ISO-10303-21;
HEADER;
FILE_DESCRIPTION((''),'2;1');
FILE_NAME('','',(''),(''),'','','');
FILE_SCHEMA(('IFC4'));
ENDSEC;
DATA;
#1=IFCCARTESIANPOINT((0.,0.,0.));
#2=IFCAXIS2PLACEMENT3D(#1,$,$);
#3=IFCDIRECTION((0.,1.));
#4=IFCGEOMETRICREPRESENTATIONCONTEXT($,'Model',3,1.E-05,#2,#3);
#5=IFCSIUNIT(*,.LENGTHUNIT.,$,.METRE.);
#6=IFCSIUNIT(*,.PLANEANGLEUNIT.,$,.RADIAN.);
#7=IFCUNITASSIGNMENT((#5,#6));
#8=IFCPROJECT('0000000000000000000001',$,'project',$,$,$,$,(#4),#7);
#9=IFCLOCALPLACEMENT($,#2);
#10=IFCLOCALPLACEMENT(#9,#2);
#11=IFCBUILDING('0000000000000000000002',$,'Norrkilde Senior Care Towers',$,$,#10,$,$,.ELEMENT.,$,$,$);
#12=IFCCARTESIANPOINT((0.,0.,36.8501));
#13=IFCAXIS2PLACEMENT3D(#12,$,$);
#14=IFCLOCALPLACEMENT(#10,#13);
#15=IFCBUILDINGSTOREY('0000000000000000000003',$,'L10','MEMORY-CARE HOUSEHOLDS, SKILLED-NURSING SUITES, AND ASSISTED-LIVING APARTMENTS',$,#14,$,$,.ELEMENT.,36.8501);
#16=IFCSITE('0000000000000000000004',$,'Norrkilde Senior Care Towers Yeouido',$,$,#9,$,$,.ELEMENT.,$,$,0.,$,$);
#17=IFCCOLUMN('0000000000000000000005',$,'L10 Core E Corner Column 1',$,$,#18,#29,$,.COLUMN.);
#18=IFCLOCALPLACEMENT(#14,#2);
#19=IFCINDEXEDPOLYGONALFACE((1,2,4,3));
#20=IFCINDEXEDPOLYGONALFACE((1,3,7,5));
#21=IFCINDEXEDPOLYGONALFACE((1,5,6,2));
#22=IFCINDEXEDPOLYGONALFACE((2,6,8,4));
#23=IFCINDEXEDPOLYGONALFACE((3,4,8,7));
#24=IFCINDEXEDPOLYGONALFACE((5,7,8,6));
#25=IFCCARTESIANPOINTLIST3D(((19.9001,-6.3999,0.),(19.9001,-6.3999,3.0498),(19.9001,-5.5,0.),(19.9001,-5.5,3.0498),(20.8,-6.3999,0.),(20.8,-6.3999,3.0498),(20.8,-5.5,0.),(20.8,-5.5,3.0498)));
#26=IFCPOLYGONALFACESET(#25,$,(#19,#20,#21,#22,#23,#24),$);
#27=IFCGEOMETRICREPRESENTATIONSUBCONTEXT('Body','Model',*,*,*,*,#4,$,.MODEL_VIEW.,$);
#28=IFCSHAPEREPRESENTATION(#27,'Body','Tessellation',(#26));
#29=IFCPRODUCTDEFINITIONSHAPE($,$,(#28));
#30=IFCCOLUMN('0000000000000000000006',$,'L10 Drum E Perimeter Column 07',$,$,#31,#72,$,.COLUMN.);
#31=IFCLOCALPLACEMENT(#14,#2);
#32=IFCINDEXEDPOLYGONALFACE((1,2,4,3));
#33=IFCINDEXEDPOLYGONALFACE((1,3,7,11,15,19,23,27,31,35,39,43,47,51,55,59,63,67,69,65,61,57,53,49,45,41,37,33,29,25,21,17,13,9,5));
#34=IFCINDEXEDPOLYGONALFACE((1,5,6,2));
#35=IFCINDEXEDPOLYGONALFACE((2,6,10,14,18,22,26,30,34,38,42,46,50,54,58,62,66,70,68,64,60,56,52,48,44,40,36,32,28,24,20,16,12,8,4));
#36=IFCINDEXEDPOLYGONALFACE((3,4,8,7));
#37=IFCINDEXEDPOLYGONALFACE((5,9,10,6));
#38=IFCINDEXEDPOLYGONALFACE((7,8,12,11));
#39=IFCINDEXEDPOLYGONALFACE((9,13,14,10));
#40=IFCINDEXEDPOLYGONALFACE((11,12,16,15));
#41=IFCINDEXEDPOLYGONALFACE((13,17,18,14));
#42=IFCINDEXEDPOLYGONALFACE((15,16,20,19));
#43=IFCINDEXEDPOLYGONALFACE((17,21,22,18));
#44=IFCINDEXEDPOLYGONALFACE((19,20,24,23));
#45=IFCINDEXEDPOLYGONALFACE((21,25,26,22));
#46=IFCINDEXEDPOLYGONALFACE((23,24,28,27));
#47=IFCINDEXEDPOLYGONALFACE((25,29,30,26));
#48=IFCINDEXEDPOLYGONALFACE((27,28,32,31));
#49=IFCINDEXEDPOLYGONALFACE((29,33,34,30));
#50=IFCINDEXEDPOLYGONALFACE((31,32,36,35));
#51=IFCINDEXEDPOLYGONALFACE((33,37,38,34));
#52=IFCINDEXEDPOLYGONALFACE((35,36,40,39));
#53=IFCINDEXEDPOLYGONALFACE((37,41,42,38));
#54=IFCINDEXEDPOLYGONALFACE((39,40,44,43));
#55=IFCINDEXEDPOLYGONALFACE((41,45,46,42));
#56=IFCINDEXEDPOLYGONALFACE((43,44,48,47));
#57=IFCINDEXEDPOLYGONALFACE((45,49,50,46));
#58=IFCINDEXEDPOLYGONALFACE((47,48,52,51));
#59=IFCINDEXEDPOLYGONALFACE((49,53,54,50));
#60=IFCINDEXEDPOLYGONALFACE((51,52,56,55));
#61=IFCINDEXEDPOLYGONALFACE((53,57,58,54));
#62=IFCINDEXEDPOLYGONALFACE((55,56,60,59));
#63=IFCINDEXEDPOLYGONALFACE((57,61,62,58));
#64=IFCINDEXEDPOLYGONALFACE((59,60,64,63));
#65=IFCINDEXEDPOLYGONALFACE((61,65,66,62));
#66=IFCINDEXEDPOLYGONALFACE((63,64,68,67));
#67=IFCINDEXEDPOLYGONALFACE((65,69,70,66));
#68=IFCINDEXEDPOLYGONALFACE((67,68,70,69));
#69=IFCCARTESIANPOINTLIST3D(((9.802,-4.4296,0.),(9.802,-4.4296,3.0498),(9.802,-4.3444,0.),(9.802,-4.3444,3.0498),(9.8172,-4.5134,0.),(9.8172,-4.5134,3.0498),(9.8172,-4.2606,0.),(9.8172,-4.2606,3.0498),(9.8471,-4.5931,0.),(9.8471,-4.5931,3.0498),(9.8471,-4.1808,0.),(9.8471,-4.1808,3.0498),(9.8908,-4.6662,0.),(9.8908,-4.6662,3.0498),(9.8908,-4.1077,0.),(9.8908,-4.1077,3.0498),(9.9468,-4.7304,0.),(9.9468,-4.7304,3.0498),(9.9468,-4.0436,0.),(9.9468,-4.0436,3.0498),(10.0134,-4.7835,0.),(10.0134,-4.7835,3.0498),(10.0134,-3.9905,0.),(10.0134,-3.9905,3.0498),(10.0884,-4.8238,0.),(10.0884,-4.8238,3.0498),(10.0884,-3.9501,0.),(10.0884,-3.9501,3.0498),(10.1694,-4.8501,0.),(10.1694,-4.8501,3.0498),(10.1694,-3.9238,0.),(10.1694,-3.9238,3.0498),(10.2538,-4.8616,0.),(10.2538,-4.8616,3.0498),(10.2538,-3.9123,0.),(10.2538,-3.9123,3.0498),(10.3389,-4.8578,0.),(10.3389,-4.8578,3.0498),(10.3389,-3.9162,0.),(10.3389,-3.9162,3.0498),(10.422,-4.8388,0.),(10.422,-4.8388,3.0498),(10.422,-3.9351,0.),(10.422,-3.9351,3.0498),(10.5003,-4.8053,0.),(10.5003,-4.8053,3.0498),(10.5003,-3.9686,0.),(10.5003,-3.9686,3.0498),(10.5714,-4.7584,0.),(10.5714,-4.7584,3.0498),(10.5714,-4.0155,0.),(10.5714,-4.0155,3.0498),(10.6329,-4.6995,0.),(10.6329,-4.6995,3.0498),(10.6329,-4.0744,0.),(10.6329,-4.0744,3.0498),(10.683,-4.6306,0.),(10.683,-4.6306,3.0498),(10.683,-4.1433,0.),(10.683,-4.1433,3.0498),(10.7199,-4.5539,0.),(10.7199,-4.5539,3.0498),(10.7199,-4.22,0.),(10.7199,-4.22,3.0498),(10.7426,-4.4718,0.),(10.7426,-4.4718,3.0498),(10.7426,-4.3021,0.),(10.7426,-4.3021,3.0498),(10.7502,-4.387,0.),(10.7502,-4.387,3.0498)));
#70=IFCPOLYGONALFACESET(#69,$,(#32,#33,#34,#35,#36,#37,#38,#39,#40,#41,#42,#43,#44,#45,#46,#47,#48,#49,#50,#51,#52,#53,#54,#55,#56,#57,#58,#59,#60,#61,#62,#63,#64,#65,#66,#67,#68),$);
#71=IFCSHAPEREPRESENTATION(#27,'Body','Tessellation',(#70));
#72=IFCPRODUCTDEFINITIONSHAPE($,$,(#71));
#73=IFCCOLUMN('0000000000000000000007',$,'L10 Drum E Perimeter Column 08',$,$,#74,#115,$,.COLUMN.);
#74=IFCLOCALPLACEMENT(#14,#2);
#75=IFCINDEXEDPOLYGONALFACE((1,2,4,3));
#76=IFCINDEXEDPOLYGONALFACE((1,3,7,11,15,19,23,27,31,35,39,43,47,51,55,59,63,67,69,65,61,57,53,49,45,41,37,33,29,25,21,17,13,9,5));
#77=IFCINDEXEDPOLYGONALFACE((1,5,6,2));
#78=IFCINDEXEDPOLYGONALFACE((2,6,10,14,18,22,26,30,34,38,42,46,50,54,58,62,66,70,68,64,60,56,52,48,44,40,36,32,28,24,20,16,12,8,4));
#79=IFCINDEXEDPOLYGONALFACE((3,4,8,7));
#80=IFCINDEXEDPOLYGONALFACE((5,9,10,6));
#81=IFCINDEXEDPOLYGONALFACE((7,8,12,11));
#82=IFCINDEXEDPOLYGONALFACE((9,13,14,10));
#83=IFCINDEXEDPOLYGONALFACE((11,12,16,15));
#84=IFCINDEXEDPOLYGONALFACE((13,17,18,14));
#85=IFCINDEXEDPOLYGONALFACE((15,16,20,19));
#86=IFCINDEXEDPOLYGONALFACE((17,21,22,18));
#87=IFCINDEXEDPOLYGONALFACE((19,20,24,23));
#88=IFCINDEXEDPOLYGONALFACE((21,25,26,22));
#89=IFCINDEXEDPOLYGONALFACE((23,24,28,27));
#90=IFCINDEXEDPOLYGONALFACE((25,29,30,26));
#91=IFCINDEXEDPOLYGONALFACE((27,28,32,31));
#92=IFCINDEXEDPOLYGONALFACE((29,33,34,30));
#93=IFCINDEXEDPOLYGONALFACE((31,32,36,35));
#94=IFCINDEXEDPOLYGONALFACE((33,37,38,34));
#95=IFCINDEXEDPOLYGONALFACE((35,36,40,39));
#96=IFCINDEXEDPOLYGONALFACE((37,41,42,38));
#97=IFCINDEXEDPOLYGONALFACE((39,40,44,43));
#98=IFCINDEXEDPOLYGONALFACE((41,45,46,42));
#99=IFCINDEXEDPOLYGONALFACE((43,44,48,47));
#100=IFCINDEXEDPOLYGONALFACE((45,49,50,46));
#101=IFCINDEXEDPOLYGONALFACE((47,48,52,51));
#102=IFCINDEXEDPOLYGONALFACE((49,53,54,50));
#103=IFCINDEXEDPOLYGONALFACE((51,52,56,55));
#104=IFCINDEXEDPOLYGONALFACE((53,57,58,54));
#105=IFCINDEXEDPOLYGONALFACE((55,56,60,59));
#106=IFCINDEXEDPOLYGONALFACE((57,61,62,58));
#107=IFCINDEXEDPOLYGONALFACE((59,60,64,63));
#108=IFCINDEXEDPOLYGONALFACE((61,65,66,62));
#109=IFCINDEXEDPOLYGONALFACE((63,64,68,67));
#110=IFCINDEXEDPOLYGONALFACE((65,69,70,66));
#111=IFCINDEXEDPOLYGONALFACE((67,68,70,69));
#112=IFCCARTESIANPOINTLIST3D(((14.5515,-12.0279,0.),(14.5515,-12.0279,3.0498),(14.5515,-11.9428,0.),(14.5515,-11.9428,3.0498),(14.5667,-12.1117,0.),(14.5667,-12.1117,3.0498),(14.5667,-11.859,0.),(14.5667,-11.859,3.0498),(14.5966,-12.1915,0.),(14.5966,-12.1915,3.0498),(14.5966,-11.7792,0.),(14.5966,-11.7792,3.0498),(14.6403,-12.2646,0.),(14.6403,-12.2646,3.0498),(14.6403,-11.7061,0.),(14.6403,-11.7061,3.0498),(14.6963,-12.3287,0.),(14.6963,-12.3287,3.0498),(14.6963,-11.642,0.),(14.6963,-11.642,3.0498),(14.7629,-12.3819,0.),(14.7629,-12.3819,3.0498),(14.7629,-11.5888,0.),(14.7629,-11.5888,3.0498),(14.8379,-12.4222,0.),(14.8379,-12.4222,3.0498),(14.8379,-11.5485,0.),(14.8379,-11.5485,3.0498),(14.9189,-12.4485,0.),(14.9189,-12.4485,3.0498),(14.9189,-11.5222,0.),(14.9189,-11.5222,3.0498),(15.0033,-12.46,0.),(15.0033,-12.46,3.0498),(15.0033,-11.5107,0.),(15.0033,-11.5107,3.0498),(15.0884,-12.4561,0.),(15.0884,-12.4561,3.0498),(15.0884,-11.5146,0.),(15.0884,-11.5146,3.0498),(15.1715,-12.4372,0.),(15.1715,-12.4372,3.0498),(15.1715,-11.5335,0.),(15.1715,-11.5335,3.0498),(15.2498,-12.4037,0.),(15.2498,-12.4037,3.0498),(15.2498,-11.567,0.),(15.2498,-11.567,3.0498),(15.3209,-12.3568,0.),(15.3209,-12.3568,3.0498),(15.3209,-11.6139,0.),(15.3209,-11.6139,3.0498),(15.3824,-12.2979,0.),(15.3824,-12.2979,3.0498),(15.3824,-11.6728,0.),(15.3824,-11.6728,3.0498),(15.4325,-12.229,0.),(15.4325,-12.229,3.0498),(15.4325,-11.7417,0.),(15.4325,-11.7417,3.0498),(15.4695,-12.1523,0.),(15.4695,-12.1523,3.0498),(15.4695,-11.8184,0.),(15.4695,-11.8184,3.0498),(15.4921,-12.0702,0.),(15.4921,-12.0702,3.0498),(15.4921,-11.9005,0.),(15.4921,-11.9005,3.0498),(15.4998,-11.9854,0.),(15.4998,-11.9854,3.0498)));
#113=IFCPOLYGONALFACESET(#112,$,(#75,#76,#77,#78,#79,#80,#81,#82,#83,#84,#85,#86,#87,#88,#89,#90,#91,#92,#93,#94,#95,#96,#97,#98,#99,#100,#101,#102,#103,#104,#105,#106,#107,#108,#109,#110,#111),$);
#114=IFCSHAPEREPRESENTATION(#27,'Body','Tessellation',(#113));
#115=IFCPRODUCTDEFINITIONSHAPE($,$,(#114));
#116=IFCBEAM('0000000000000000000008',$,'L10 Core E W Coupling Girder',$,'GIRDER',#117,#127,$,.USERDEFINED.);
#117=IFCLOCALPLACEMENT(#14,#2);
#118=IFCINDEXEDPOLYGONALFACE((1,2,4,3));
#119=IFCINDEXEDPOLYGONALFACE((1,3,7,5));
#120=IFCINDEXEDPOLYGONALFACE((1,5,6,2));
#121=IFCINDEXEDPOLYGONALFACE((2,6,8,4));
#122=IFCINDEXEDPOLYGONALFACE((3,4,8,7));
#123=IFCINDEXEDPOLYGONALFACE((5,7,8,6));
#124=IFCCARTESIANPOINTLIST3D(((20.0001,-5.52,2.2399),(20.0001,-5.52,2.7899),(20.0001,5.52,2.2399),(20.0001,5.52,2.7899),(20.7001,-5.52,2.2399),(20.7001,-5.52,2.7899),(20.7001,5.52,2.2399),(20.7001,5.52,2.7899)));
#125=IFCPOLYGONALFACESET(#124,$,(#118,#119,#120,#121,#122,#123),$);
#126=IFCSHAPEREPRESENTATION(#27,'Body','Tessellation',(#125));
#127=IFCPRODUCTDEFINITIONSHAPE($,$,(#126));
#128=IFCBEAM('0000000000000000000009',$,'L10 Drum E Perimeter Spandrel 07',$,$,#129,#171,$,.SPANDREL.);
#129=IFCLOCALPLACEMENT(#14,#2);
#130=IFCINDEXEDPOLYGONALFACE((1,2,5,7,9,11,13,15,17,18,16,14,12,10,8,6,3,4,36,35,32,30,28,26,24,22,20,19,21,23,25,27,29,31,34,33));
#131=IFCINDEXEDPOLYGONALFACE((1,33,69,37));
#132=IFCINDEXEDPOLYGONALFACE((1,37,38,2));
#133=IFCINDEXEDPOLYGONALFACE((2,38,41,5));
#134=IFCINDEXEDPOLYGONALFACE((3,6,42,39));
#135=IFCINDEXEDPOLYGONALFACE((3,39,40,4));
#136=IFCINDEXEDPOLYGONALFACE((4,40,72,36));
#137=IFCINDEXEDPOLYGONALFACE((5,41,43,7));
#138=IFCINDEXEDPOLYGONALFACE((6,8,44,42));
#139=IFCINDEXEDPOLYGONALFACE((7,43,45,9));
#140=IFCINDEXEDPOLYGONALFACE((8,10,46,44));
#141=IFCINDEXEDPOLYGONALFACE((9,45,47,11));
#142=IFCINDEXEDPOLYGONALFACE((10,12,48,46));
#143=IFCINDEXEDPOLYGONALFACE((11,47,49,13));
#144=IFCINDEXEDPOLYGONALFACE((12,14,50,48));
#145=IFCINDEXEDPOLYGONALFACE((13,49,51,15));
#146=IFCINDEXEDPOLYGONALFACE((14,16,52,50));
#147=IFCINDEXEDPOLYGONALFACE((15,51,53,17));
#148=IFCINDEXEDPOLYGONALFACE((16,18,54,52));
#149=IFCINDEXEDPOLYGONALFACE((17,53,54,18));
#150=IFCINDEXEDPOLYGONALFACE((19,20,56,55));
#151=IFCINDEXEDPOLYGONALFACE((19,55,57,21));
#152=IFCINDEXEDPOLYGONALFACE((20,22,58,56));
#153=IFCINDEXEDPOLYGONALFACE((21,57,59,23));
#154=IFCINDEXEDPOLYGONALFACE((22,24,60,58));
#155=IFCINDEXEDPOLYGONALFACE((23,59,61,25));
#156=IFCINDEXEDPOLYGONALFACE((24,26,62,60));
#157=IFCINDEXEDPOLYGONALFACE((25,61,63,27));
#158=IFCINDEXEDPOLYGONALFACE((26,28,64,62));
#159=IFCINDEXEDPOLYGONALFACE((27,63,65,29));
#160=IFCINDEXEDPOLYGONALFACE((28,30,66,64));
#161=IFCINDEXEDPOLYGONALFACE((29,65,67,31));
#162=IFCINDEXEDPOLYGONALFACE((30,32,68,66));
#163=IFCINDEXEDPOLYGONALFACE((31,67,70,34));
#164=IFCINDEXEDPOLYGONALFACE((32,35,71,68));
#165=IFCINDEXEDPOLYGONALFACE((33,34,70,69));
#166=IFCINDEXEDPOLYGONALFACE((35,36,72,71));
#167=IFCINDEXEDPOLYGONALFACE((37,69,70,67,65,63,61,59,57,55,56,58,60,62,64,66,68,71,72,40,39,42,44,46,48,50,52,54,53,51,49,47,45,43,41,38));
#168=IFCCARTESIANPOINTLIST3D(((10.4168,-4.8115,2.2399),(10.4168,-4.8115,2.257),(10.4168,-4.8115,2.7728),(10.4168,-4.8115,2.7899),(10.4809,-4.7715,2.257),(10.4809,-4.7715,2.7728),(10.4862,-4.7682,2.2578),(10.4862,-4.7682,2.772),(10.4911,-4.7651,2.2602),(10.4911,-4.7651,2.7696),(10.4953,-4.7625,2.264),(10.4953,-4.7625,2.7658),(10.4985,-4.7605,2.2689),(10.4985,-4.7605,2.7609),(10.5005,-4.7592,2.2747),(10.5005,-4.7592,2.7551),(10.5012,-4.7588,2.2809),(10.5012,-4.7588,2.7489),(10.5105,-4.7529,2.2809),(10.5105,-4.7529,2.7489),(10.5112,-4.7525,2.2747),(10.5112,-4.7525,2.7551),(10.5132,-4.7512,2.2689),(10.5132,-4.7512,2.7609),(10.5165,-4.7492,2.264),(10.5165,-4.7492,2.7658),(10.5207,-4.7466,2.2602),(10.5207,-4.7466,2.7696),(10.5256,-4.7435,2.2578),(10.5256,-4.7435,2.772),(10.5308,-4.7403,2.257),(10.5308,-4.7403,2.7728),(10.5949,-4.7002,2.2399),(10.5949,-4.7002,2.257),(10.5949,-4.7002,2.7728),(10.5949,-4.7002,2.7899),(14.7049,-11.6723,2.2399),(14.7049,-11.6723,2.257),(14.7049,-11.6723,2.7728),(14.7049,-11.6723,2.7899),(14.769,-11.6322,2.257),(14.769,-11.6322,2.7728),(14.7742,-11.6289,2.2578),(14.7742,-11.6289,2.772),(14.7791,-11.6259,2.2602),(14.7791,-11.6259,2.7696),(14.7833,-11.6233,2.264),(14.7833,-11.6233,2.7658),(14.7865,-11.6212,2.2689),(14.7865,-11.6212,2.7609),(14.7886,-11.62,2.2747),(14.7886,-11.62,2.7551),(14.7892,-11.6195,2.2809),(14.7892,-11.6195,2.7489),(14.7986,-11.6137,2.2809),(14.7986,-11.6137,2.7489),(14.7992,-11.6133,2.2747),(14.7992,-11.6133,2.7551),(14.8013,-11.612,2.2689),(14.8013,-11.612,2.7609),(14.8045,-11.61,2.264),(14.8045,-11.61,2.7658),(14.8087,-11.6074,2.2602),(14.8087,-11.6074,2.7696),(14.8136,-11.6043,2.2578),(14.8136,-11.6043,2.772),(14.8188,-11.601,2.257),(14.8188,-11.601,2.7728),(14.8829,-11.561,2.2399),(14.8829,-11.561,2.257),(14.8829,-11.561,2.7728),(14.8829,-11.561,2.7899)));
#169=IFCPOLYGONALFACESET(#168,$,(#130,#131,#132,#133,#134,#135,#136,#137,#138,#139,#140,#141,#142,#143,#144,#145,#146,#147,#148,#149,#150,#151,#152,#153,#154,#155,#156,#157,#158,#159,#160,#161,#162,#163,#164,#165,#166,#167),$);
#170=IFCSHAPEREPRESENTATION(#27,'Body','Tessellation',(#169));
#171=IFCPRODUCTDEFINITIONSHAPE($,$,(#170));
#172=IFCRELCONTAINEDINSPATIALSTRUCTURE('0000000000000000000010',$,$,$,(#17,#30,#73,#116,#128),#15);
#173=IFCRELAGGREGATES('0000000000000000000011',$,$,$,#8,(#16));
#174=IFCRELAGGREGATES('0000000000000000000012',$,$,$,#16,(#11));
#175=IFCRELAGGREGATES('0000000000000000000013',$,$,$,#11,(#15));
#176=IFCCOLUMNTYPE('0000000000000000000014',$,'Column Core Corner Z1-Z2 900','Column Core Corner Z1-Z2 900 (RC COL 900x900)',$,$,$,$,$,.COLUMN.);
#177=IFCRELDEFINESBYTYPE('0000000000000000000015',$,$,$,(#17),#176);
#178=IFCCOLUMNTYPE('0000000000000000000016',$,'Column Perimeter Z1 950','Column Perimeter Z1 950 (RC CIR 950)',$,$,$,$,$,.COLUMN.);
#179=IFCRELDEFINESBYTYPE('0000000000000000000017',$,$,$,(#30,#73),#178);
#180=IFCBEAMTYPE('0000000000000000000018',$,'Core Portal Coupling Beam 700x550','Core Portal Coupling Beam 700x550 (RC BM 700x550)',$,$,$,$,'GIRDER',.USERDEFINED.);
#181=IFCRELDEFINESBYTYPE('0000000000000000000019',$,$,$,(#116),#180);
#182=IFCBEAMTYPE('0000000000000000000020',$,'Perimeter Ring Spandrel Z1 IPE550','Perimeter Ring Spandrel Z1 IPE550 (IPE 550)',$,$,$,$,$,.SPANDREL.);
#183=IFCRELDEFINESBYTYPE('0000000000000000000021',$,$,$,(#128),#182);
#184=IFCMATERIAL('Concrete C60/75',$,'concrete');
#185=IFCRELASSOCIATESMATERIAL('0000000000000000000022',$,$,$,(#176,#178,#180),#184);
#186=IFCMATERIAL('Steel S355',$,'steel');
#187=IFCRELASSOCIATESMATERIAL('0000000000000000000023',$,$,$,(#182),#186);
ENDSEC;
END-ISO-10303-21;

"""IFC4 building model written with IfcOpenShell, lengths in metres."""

from ifc_helpers import new_model, si_unit, direction, frame, origin, origin_2d, place, context, subcontext, project, spatial, rectangle, circle, i_section, extrude, source, transform, mapped, material, material_profile, profile_set, type_object, type_shapes, element, save


model = new_model("IFC4")

# Units and contexts
model_context = context("Model", 3, precision=1e-05, world=origin(), true_north=direction((0.0, 1.0)))
body_context = subcontext(model_context, "Body", "Model", "MODEL_VIEW")
ifc_project = project(units=[si_unit("LENGTHUNIT", "METRE"), si_unit("PLANEANGLEUNIT", "RADIAN")], contexts=[model_context])

# Site, building, storey
site_placement = place(None, origin())
site = spatial("IfcSite", under=ifc_project, at=site_placement, Name="Norrkilde Senior Care Towers Yeouido", CompositionType="ELEMENT", RefElevation=0.0)
building_placement = place(site_placement, origin())
building = spatial("IfcBuilding", under=site, at=building_placement, Name="Norrkilde Senior Care Towers", CompositionType="ELEMENT")
storey_placement = place(building_placement, frame((0.0, 0.0, 36.8501)))
storey = spatial("IfcBuildingStorey", under=building, at=storey_placement, Name="L10", Description="MEMORY-CARE HOUSEHOLDS, SKILLED-NURSING SUITES, AND ASSISTED-LIVING APARTMENTS", CompositionType="ELEMENT", Elevation=36.8501)

# Columns
ifc_material_1 = material(Name="Concrete C60/75", Category="concrete")
ifc_material_profile_1 = material_profile(ifc_material_1, rectangle(XDim=0.8999, YDim=0.8999, at=origin_2d()), Name="RC COL 900x900")
ifc_profile_set_1 = profile_set([ifc_material_profile_1], Name="Concrete C60/75")
column_type_1 = type_object("IfcColumnType", Name="Column Core Corner Z1-Z2 900", Description="Column Core Corner Z1-Z2 900 (RC COL 900x900)", PredefinedType="COLUMN", material=ifc_profile_set_1)
shared_shape_1 = source(origin(), body_context, "Body", "SweptSolid", [
    extrude(rectangle(XDim=0.8999, YDim=0.8999, at=origin_2d()), origin(), (0.0, 0.0, 1.0), 3.0498),
])
type_shapes(column_type_1, [shared_shape_1])
column_placement = place(storey_placement, frame((20.3501, -5.95, 0.0), z_axis=(0.0, 0.0, 1.0), x_axis=(1.0, 0.0, 0.0)))
element("IfcColumn", 1, at=column_placement, inside=storey, type_object=column_type_1, Name="L10 Core E Corner Column 1", PredefinedType="COLUMN", context=body_context, shape_type="MappedRepresentation", body=[
    mapped(shared_shape_1, transform((0.0, 0.0, 0.0), x_axis=(1.0, 0.0, 0.0), y_axis=(0.0, 1.0, 0.0), z_axis=(0.0, 0.0, 1.0), scale=1.0)),
])
ifc_material_profile_2 = material_profile(ifc_material_1, circle(Radius=0.4751, at=origin_2d()), Name="RC CIR 950")
ifc_profile_set_2 = profile_set([ifc_material_profile_2], Name="Concrete C60/75")
column_type_2 = type_object("IfcColumnType", Name="Column Perimeter Z1 950", Description="Column Perimeter Z1 950 (RC CIR 950)", PredefinedType="COLUMN", material=ifc_profile_set_2)
shared_shape_2 = source(origin(), body_context, "Body", "SweptSolid", [
    extrude(circle(Radius=0.4751, at=origin_2d()), origin(), (0.0, 0.0, 1.0), 3.0498),
])
type_shapes(column_type_2, [shared_shape_2])
for number, where, z_axis, x_axis, name in (
    (2, (10.2751, -4.387, 0.0), (0.0, 0.0, 1.0), (1.0, 0.0, 0.0), "L10 Drum E Perimeter Column 07"),
    (3, (15.0247, -11.9854, 0.0), (0.0, 0.0, 1.0), (1.0, 0.0, 0.0), "L10 Drum E Perimeter Column 08"),
):
    element("IfcColumn", number, at=place(storey_placement, frame(where, z_axis=z_axis, x_axis=x_axis)), inside=storey, type_object=column_type_2, Name=name, PredefinedType="COLUMN", context=body_context, shape_type="MappedRepresentation", body=[
        mapped(shared_shape_2, transform((0.0, 0.0, 0.0), x_axis=(1.0, 0.0, 0.0), y_axis=(0.0, 1.0, 0.0), z_axis=(0.0, 0.0, 1.0), scale=1.0)),
    ])

# Beams
ifc_material_profile_3 = material_profile(ifc_material_1, rectangle(XDim=0.7, YDim=0.55, at=origin_2d()), Name="RC BM 700x550")
ifc_profile_set_3 = profile_set([ifc_material_profile_3], Name="Concrete C60/75")
beam_type_1 = type_object("IfcBeamType", Name="Core Portal Coupling Beam 700x550", Description="Core Portal Coupling Beam 700x550 (RC BM 700x550)", ElementType="GIRDER", PredefinedType="USERDEFINED", material=ifc_profile_set_3)
shared_shape_3 = source(origin(), body_context, "Body", "SweptSolid", [
    extrude(rectangle(XDim=0.7, YDim=0.55, at=origin_2d()), origin(), (0.0, 0.0, 1.0), 11.04),
])
type_shapes(beam_type_1, [shared_shape_3])
beam_1_placement = place(storey_placement, frame((20.3501, -5.52, 2.5149), z_axis=(0.0, 1.0, 0.0), x_axis=(-1.0, 0.0, 0.0)))
element("IfcBeam", 4, at=beam_1_placement, inside=storey, type_object=beam_type_1, Name="L10 Core E W Coupling Girder", ObjectType="GIRDER", PredefinedType="USERDEFINED", context=body_context, shape_type="MappedRepresentation", body=[
    mapped(shared_shape_3, transform((0.0, 0.0, 0.0), x_axis=(1.0, 0.0, 0.0), y_axis=(0.0, 1.0, 0.0), z_axis=(0.0, 0.0, 1.0), scale=1.0)),
])
ifc_material_2 = material(Name="Steel S355", Category="steel")
ifc_material_profile_4 = material_profile(ifc_material_2, i_section(OverallWidth=0.21, OverallDepth=0.55, WebThickness=0.011, FlangeThickness=0.0171, FilletRadius=0.0239, at=origin_2d()), Name="IPE 550")
ifc_profile_set_4 = profile_set([ifc_material_profile_4], Name="Steel S355")
beam_type_2 = type_object("IfcBeamType", Name="Perimeter Ring Spandrel Z1 IPE550", Description="Perimeter Ring Spandrel Z1 IPE550 (IPE 550)", PredefinedType="SPANDREL", material=ifc_profile_set_4)
shared_shape_4 = source(origin(), body_context, "Body", "SweptSolid", [
    extrude(i_section(OverallWidth=0.21, OverallDepth=0.55, WebThickness=0.011, FlangeThickness=0.0171, FilletRadius=0.0239, at=origin_2d()), origin(), (0.0, 0.0, 1.0), 8.0906),
])
beam_2_placement = place(storey_placement, frame((10.5059, -4.7559, 2.5149), z_axis=(0.530004, -0.847995, 0.0), x_axis=(0.847995, 0.530004, 0.0)))
element("IfcBeam", 5, at=beam_2_placement, inside=storey, type_object=beam_type_2, Name="L10 Drum E Perimeter Spandrel 07", PredefinedType="SPANDREL", context=body_context, shape_type="MappedRepresentation", body=[
    mapped(shared_shape_4, transform((0.0, 0.0, 0.0), x_axis=(1.0, 0.0, 0.0), y_axis=(0.0, 1.0, 0.0), z_axis=(0.0, 0.0, 1.0), scale=1.0)),
])

save(model, "model.ifc")
